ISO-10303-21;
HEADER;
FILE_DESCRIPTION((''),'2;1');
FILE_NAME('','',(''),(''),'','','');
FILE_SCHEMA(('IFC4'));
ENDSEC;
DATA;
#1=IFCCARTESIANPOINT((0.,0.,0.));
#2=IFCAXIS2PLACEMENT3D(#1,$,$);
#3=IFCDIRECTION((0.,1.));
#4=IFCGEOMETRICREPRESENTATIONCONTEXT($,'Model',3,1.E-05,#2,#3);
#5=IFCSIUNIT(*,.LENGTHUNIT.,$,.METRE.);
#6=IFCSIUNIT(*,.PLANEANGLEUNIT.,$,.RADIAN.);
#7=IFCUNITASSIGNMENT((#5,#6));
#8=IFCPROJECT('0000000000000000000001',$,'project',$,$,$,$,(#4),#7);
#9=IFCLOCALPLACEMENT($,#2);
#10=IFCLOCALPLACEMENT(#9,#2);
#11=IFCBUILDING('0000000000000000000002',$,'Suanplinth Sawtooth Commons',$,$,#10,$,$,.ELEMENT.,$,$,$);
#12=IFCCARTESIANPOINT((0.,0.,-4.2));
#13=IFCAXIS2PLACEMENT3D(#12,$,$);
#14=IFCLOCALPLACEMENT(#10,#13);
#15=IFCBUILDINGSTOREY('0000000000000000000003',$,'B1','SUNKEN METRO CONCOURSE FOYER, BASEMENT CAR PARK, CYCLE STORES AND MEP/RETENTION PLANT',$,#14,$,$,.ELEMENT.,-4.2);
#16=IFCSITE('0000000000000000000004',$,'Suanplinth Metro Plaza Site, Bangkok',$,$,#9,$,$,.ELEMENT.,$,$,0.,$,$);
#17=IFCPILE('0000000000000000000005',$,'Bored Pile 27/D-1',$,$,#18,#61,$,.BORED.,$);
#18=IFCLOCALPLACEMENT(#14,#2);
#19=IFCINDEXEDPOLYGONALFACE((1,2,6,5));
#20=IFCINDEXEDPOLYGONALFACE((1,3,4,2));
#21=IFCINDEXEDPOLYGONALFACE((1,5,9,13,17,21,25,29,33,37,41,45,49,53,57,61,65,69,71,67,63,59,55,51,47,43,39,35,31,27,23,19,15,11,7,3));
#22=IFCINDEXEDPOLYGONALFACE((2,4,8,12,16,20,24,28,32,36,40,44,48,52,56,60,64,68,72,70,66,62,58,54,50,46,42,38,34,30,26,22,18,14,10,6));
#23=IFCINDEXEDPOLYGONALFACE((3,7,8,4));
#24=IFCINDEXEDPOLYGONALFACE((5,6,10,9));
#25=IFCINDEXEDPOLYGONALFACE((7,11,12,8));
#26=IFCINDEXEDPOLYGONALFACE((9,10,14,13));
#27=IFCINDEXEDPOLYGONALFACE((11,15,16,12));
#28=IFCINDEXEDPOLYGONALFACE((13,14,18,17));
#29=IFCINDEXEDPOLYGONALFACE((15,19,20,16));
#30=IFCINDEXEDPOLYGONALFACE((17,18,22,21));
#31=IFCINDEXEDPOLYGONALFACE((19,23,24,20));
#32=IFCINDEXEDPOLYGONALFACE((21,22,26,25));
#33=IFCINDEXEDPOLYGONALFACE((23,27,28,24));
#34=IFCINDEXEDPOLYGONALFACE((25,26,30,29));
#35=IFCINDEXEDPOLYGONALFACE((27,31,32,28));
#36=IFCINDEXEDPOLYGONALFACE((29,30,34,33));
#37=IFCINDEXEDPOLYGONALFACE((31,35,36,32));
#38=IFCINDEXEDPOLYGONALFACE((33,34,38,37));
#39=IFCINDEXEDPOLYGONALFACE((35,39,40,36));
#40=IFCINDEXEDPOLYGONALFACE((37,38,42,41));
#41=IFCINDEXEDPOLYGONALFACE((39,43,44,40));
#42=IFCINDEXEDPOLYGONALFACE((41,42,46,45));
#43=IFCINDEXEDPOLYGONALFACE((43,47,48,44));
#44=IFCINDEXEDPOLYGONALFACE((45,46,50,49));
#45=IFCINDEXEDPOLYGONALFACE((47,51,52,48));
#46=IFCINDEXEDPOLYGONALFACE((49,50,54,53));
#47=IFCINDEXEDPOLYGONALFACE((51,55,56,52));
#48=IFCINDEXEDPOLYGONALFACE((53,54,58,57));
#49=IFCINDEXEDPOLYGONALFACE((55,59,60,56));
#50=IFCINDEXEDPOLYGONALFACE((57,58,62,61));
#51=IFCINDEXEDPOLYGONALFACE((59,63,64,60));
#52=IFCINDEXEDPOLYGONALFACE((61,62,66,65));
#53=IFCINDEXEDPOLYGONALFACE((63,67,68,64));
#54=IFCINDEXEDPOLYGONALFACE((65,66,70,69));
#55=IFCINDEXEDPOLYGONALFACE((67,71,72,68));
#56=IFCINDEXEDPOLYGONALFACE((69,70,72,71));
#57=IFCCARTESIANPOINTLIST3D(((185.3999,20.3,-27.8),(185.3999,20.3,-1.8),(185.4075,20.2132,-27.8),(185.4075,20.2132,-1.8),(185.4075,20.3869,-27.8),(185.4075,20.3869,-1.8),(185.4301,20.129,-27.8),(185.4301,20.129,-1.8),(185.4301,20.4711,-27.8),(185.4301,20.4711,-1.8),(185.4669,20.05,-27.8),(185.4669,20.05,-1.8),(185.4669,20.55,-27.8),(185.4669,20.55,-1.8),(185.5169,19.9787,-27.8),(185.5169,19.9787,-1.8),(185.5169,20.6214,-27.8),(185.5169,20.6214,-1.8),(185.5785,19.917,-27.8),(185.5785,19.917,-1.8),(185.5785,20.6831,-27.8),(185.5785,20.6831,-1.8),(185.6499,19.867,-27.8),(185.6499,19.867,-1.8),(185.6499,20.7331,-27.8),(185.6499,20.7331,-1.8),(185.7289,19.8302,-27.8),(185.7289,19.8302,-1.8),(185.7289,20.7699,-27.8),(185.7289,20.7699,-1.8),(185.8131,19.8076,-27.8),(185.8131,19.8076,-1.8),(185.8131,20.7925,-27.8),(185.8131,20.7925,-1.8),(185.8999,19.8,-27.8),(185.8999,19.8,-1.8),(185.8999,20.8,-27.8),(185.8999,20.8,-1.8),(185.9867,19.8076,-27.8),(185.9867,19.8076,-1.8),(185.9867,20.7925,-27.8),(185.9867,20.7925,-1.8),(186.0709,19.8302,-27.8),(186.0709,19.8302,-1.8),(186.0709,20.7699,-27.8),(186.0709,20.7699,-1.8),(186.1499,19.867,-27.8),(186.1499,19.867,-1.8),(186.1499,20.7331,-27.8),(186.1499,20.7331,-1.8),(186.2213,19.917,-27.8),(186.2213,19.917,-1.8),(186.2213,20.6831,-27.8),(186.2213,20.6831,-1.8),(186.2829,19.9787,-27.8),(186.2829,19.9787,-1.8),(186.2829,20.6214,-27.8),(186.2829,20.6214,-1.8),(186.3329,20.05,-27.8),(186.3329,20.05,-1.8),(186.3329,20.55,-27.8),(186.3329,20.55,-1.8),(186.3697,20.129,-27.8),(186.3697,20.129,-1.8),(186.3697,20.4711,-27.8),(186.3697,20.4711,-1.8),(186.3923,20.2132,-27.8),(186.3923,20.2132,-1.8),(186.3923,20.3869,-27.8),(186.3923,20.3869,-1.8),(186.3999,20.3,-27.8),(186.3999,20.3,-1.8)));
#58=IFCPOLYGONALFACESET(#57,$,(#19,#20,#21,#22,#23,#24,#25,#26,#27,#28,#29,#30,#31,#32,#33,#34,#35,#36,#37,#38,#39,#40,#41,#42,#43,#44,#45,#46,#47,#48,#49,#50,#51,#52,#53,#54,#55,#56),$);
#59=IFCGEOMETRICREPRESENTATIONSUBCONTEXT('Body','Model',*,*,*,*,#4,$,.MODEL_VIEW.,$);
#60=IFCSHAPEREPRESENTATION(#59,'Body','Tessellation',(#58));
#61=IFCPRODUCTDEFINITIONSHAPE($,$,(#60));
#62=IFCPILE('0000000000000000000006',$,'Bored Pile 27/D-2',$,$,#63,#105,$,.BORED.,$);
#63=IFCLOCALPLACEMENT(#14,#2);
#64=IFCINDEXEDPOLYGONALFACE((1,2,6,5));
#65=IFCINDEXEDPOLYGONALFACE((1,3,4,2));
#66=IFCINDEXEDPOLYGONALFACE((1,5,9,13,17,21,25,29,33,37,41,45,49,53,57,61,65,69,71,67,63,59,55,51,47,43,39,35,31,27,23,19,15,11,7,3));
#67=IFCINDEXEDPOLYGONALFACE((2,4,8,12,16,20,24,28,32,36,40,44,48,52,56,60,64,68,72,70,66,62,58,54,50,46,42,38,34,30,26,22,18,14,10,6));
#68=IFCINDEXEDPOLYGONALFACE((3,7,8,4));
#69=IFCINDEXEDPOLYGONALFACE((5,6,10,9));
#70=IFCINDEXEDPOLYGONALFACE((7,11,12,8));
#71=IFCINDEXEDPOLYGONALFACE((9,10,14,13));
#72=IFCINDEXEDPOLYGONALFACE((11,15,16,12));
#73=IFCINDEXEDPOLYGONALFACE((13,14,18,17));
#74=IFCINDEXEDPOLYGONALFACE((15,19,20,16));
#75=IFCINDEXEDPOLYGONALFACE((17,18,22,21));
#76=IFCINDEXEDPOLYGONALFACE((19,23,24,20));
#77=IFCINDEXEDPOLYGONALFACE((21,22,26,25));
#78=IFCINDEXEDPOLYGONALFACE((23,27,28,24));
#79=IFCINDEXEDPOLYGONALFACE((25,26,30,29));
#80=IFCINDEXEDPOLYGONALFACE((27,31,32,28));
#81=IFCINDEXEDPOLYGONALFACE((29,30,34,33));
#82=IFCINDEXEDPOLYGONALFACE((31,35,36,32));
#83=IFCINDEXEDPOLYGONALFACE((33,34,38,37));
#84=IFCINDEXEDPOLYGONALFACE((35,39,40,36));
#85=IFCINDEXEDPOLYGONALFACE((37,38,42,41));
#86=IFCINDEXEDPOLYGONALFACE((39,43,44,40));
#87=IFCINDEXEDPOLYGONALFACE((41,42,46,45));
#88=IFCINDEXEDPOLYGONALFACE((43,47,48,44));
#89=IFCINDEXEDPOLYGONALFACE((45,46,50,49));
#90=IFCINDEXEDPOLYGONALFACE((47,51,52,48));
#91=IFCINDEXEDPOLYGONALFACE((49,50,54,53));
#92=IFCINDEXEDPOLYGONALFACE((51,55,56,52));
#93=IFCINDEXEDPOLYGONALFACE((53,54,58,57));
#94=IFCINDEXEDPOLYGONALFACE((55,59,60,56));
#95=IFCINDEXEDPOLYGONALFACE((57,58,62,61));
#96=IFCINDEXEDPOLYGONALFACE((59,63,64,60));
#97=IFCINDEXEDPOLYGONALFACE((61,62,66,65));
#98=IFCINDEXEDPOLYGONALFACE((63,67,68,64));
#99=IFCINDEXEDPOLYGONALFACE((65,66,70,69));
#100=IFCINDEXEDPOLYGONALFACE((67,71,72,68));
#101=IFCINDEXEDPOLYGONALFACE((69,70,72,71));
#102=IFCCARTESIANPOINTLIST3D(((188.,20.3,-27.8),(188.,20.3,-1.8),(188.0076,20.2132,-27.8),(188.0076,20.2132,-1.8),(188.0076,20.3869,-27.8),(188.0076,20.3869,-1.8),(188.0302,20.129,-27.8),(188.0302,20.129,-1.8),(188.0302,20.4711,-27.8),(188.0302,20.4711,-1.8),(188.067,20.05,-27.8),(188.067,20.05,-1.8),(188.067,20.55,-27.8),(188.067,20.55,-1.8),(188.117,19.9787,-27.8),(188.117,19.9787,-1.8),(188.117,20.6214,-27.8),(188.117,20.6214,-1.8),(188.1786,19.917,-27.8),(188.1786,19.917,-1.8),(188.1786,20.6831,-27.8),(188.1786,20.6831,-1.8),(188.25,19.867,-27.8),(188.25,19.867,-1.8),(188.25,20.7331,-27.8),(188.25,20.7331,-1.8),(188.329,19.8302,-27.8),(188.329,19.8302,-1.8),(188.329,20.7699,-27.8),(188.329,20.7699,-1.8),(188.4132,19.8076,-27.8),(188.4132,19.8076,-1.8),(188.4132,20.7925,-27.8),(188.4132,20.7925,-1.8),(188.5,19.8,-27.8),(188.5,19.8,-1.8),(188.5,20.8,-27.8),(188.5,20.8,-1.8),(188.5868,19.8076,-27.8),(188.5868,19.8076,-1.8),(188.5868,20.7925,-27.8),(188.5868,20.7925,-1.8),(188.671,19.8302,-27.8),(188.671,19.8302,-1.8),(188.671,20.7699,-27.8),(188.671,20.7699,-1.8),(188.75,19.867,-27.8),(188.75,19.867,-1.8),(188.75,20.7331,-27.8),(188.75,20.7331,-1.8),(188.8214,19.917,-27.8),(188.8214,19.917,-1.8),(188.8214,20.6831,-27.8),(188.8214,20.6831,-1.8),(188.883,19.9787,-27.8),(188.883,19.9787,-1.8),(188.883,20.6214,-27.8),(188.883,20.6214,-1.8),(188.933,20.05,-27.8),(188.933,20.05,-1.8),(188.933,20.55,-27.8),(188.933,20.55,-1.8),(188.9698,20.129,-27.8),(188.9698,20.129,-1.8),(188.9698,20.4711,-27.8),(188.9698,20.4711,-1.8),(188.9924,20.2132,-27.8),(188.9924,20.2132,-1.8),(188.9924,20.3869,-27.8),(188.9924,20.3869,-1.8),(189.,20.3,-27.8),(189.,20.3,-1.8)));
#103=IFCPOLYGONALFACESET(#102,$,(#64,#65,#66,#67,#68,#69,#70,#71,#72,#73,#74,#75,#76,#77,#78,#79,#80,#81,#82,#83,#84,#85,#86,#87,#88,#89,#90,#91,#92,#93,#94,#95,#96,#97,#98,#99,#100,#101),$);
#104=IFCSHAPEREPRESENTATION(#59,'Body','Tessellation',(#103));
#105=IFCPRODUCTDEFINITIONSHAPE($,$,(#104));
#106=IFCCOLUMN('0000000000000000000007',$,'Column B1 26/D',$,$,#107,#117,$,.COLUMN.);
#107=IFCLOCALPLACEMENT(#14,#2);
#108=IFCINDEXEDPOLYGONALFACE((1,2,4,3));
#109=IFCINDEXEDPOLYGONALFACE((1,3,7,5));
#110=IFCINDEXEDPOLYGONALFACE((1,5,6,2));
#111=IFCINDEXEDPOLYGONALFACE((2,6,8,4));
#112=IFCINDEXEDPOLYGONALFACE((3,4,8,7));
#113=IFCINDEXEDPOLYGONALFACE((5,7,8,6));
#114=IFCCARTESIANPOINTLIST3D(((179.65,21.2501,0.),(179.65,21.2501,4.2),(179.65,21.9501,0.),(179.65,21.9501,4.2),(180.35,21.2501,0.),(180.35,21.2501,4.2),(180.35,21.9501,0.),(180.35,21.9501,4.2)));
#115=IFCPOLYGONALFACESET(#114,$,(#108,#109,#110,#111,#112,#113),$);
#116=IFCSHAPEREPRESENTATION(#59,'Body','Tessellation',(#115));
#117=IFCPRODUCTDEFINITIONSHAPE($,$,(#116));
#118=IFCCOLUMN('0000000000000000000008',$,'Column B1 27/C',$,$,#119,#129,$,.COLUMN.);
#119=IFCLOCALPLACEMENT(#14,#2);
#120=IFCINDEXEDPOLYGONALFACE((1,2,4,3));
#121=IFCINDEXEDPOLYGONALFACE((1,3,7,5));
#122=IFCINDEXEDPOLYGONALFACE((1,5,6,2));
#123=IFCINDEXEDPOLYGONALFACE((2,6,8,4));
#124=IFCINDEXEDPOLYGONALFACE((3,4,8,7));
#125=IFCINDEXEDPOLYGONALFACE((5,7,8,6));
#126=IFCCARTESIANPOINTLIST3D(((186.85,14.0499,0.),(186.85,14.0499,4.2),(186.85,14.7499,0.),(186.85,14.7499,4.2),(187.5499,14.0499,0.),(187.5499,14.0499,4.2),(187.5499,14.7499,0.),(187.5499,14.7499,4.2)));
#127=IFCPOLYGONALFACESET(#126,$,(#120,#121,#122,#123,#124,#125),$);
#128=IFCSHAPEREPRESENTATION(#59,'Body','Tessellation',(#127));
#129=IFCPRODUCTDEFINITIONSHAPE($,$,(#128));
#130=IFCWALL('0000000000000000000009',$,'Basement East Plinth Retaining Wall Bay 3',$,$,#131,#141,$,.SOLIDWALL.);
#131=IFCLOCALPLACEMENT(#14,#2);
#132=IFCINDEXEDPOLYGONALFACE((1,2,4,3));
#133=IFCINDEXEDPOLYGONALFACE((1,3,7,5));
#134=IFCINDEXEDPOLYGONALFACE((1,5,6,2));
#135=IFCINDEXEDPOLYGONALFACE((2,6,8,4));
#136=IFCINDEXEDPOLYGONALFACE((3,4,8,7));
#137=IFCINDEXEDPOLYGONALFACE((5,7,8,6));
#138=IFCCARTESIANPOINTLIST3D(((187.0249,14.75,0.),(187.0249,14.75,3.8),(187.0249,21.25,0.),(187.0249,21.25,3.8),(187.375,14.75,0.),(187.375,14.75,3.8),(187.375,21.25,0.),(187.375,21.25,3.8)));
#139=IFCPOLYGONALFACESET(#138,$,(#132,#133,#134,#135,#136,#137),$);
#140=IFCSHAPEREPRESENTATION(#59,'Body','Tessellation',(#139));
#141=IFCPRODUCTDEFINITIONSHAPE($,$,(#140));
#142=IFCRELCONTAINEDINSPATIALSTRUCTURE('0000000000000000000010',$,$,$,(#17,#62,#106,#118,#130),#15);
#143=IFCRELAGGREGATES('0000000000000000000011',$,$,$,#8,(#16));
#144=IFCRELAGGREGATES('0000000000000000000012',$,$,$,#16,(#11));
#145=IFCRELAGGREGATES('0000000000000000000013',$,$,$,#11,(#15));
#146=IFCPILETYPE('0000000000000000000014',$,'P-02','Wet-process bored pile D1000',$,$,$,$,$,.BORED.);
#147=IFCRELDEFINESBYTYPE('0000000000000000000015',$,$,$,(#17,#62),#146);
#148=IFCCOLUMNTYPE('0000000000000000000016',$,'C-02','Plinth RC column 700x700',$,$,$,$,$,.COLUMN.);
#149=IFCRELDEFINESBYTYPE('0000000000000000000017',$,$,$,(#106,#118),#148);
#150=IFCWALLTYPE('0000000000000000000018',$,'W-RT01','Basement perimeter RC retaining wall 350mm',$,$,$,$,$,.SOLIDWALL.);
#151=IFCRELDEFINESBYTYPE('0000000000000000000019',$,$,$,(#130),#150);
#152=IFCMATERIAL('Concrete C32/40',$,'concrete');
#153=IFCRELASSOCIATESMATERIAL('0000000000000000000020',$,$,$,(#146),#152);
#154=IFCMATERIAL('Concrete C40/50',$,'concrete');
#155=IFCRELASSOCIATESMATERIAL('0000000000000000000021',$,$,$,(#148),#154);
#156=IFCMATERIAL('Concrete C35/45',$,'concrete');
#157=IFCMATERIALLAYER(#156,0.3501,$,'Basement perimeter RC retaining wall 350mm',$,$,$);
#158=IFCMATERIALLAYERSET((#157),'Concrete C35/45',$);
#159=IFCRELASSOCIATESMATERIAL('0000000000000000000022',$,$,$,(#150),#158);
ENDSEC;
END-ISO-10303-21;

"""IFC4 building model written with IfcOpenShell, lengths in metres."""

from ifc_helpers import new_model, si_unit, direction, frame, frame_2d, origin, origin_2d, place, context, subcontext, project, spatial, rectangle, circle, extrude, material, layer, layer_set, material_profile, profile_set, type_object, element, save


model = new_model("IFC4")

# Units and contexts
model_context = context("Model", 3, precision=1e-05, world=origin(), true_north=direction((0.0, 1.0)))
body_context = subcontext(model_context, "Body", "Model", "MODEL_VIEW")
ifc_project = project(units=[si_unit("LENGTHUNIT", "METRE"), si_unit("PLANEANGLEUNIT", "RADIAN")], contexts=[model_context])

# Site, building, storey
site_placement = place(None, origin())
site = spatial("IfcSite", under=ifc_project, at=site_placement, Name="Suanplinth Metro Plaza Site, Bangkok", CompositionType="ELEMENT", RefElevation=0.0)
building_placement = place(site_placement, origin())
building = spatial("IfcBuilding", under=site, at=building_placement, Name="Suanplinth Sawtooth Commons", CompositionType="ELEMENT")
storey_placement = place(building_placement, frame((0.0, 0.0, -4.2)))
storey = spatial("IfcBuildingStorey", under=building, at=storey_placement, Name="B1", Description="SUNKEN METRO CONCOURSE FOYER, BASEMENT CAR PARK, CYCLE STORES AND MEP/RETENTION PLANT", CompositionType="ELEMENT", Elevation=-4.2)

# Shared definitions
ifc_material_1 = material(Name="Concrete C35/45", Category="concrete")

# Piles
ifc_material_2 = material(Name="Concrete C32/40", Category="concrete")
ifc_material_profile_1 = material_profile(ifc_material_2, circle(Radius=0.5, at=origin_2d()), Name="PILE D1000")
ifc_profile_set_1 = profile_set([ifc_material_profile_1], Name="Concrete C32/40")
pile_type = type_object("IfcPileType", Name="P-02", Description="Wet-process bored pile D1000", PredefinedType="BORED", material=ifc_profile_set_1)
for number, where, z_axis, x_axis, name in (
    (1, (185.8999, 20.3, -1.8), (0.0, 0.0, -1.0), (1.0, 0.0, 0.0), "Bored Pile 27/D-1"),
    (2, (188.5, 20.3, -1.8), (0.0, 0.0, -1.0), (1.0, 0.0, 0.0), "Bored Pile 27/D-2"),
):
    element("IfcPile", number, at=place(storey_placement, frame(where, z_axis=z_axis, x_axis=x_axis)), inside=storey, type_object=pile_type, Name=name, PredefinedType="BORED", context=body_context, shape_type="SweptSolid", body=[
        extrude(circle(Radius=0.5, at=origin_2d()), origin(), (0.0, 0.0, 1.0), 26.0),
    ])

# Columns
ifc_material_3 = material(Name="Concrete C40/50", Category="concrete")
ifc_material_profile_2 = material_profile(ifc_material_3, rectangle(XDim=0.7, YDim=0.7, at=origin_2d()), Name="RC-COL 700x700")
ifc_profile_set_2 = profile_set([ifc_material_profile_2], Name="Concrete C40/50")
column_type = type_object("IfcColumnType", Name="C-02", Description="Plinth RC column 700x700", PredefinedType="COLUMN", material=ifc_profile_set_2)
for number, where, z_axis, x_axis, name in (
    (3, (180.0, 21.6001, 0.0), (0.0, 0.0, 1.0), (1.0, 0.0, 0.0), "Column B1 26/D"),
    (4, (187.2, 14.3999, 0.0), (0.0, 0.0, 1.0), (1.0, 0.0, 0.0), "Column B1 27/C"),
):
    element("IfcColumn", number, at=place(storey_placement, frame(where, z_axis=z_axis, x_axis=x_axis)), inside=storey, type_object=column_type, Name=name, PredefinedType="COLUMN", context=body_context, shape_type="SweptSolid", body=[
        extrude(rectangle(XDim=0.7, YDim=0.7, at=origin_2d()), origin(), (0.0, 0.0, 1.0), 4.2),
    ])

# Wall
ifc_layer = layer(ifc_material_1, 0.3501, Name="Basement perimeter RC retaining wall 350mm")
ifc_layer_set = layer_set([ifc_layer], Name="Concrete C35/45")
wall_type = type_object("IfcWallType", Name="W-RT01", Description="Basement perimeter RC retaining wall 350mm", PredefinedType="SOLIDWALL", material=ifc_layer_set)
wall_placement = place(storey_placement, frame((187.2, 14.75, 0.0), z_axis=(0.0, 0.0, 1.0), x_axis=(0.0, 1.0, 0.0)))
element("IfcWall", 5, at=wall_placement, inside=storey, type_object=wall_type, Name="Basement East Plinth Retaining Wall Bay 3", PredefinedType="SOLIDWALL", context=body_context, shape_type="SweptSolid", body=[
    extrude(rectangle(XDim=6.5, YDim=0.3501, at=frame_2d((3.25, 0.0))), origin(), (0.0, 0.0, 1.0), 3.8),
])

save(model, "model.ifc")
